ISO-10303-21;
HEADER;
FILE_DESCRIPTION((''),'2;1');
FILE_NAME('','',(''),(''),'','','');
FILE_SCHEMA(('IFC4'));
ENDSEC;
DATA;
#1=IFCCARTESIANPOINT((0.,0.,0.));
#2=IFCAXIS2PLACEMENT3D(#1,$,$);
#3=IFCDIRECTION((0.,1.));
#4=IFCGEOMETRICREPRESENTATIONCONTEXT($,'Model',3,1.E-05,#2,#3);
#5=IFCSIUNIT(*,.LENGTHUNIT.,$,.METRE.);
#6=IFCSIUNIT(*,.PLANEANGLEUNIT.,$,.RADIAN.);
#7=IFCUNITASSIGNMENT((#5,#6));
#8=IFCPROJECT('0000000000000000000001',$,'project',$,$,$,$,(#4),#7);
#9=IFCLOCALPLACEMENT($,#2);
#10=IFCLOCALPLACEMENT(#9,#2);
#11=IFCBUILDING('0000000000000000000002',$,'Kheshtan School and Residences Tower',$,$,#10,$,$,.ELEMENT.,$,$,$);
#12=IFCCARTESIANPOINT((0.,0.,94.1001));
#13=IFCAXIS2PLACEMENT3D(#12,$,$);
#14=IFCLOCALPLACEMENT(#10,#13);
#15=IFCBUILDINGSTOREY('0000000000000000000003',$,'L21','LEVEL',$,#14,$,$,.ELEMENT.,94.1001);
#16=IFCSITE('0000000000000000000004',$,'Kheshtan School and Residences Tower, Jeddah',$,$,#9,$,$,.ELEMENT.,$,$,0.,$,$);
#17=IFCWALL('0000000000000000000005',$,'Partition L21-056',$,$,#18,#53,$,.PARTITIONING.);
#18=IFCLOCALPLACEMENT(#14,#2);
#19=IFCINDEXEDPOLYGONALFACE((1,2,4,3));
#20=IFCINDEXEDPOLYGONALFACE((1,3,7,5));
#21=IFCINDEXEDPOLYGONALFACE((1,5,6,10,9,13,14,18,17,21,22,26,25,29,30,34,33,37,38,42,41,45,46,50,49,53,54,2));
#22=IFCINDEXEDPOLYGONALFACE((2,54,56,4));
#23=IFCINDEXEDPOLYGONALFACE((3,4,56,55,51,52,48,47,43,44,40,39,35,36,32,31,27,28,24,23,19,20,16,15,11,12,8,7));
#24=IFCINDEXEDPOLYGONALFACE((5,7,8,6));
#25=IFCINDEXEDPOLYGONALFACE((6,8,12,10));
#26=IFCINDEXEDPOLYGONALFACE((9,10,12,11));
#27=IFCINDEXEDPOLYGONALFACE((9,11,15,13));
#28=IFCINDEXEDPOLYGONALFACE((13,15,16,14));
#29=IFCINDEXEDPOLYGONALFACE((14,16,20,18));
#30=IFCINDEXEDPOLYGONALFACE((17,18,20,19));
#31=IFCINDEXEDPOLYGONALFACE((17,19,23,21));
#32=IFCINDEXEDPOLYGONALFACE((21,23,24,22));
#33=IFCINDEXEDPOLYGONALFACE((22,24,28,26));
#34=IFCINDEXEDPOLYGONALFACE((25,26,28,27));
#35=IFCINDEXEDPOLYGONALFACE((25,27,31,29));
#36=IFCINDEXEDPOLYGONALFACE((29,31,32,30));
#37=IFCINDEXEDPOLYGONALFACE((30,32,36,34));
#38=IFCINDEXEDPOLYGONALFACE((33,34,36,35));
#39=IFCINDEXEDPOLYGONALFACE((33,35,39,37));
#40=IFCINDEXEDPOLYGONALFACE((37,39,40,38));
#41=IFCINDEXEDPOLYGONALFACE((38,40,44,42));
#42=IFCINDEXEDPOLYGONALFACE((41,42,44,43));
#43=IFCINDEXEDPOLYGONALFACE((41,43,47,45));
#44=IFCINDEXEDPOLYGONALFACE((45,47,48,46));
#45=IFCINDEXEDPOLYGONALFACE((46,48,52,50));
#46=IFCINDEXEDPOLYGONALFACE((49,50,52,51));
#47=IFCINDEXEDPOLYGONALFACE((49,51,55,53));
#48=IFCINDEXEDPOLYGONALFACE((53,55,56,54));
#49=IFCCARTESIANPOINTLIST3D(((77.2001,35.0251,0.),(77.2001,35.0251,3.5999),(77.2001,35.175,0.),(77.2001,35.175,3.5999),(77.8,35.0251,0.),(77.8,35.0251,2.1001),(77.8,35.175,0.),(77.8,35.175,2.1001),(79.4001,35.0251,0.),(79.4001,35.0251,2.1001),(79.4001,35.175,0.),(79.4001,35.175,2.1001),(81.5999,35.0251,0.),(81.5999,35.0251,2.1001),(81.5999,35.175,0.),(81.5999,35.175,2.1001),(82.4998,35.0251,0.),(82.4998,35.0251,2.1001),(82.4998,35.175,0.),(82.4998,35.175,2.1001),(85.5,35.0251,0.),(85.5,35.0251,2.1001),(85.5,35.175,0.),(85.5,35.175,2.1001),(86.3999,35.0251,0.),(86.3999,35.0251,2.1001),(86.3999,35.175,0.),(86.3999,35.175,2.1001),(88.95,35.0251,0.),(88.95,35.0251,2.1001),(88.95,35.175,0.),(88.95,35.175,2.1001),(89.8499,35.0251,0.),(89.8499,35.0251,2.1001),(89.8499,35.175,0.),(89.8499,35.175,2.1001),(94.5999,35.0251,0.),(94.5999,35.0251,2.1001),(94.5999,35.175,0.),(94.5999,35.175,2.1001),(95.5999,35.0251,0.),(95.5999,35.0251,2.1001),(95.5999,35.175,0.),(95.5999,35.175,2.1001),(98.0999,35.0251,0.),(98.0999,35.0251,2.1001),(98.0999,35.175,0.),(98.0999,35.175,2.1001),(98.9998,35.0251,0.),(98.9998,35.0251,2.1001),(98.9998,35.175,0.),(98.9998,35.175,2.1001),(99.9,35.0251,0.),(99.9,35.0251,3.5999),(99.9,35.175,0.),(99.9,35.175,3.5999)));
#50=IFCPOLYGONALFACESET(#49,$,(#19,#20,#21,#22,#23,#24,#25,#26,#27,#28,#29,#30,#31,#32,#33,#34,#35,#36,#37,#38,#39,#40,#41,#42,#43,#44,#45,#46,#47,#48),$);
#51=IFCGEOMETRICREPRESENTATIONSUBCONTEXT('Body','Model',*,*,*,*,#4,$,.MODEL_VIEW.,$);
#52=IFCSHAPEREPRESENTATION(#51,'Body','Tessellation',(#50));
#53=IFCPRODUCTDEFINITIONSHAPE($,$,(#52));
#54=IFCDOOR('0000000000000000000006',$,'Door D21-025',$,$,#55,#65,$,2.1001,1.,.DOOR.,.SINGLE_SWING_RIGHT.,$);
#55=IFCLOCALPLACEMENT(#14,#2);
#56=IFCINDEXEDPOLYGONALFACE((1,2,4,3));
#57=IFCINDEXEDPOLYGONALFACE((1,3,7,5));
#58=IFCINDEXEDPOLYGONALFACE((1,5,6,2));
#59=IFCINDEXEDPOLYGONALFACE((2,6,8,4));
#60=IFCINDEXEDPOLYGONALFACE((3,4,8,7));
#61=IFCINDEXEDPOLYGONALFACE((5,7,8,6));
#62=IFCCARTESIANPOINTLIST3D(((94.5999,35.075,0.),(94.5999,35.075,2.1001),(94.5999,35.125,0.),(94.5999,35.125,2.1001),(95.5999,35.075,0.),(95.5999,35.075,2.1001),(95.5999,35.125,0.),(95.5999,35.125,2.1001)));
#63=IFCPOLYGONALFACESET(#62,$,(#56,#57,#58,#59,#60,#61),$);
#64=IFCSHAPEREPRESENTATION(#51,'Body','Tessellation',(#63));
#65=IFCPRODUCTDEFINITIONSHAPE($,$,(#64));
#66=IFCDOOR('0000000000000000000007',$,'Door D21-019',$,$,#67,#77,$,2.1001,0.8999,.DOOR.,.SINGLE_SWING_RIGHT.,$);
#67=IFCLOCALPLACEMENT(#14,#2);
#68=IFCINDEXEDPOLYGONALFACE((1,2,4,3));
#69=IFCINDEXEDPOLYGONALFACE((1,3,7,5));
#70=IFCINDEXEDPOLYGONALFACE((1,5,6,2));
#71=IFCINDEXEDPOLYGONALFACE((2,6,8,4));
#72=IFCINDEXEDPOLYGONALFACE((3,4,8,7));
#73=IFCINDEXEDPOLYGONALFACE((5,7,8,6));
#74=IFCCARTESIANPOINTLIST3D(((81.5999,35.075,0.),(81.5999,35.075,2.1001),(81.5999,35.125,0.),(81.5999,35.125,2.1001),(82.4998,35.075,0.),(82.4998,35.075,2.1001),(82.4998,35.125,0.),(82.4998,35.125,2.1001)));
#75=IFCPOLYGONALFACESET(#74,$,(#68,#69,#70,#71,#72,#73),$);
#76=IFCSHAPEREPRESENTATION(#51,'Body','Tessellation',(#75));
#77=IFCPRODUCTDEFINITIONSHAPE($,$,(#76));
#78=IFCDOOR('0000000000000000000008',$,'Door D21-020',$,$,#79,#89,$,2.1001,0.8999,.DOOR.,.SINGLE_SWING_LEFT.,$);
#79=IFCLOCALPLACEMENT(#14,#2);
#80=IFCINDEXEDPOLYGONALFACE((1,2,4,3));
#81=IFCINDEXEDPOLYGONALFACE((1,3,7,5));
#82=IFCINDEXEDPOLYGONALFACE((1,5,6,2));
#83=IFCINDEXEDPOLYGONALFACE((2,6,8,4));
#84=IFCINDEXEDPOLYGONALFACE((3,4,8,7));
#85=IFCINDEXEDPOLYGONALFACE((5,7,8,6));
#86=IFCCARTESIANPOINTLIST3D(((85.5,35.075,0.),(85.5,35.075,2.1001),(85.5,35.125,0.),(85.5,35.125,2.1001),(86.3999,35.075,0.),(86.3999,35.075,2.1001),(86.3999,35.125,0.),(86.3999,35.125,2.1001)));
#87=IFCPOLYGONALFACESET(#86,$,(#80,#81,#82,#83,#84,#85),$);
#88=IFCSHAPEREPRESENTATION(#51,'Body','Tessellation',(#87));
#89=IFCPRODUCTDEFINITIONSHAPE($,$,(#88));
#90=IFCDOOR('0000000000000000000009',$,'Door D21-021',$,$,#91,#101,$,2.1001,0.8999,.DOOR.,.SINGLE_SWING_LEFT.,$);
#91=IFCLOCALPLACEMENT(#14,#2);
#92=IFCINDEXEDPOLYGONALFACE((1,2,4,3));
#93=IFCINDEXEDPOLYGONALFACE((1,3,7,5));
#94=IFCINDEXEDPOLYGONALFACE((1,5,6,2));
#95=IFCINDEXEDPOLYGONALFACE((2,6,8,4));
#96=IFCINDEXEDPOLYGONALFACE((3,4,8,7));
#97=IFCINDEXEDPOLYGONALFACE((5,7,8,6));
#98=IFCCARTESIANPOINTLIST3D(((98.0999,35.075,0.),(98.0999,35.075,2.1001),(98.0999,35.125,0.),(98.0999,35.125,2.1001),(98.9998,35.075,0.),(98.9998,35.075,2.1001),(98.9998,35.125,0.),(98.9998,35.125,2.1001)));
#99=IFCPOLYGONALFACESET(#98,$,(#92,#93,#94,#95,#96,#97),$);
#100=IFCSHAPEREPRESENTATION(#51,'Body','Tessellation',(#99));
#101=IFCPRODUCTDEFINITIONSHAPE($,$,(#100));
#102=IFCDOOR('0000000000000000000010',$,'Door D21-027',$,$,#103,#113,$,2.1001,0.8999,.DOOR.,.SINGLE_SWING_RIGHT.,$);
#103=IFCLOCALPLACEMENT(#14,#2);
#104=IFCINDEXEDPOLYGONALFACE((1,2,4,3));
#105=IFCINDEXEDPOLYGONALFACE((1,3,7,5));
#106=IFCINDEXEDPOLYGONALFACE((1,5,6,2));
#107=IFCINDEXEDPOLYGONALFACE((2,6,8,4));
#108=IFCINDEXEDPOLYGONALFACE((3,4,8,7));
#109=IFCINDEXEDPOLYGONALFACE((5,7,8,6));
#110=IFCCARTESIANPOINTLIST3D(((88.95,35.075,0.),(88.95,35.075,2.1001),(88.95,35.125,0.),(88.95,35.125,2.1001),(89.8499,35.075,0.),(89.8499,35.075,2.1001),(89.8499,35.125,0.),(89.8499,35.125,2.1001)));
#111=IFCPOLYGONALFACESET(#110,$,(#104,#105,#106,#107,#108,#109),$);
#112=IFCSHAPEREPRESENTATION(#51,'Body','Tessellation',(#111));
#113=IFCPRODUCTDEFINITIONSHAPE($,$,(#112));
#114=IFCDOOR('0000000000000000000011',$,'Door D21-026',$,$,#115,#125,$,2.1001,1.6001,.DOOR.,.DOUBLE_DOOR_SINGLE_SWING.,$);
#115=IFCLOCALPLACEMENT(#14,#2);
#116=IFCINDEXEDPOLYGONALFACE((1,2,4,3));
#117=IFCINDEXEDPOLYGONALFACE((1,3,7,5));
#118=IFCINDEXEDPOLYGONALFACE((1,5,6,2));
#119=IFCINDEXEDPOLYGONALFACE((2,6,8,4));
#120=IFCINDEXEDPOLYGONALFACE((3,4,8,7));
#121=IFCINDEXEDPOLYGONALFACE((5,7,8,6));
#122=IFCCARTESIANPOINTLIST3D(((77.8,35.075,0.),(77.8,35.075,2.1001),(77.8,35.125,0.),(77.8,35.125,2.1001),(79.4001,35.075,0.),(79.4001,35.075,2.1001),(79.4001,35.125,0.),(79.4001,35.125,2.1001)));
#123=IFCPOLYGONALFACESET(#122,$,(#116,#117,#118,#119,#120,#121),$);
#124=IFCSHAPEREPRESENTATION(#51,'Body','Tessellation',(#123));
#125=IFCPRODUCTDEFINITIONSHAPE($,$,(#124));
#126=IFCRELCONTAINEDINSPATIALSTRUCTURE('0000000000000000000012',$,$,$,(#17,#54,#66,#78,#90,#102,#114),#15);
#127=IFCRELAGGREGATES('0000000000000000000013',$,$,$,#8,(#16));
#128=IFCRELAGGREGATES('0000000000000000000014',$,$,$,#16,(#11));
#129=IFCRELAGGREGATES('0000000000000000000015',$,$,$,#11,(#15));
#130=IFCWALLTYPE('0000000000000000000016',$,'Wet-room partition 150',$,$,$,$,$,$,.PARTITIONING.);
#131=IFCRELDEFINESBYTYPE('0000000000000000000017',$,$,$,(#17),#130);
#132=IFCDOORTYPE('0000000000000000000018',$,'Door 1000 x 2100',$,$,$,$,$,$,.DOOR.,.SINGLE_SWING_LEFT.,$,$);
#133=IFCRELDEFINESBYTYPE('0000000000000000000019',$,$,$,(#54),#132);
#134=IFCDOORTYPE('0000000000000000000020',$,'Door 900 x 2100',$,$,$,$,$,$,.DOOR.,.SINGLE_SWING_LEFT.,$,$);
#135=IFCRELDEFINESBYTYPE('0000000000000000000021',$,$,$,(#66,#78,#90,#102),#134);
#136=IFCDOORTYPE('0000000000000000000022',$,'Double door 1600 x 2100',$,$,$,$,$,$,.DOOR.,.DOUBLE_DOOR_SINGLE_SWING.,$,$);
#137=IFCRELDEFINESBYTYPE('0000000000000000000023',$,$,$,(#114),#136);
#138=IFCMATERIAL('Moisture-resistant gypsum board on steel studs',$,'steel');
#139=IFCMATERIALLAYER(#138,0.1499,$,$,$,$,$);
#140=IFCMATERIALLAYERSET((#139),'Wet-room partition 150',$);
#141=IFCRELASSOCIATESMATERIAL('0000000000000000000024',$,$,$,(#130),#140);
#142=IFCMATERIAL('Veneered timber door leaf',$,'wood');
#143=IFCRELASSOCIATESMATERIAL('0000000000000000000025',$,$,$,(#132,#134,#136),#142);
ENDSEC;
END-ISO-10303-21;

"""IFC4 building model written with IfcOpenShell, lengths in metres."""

from ifc_helpers import new_model, si_unit, direction, frame, frame_2d, origin, place, context, subcontext, project, spatial, rectangle, extrude, source, transform, mapped, material, layer, layer_set, type_object, element, fill, save


model = new_model("IFC4")

# Units and contexts
model_context = context("Model", 3, precision=1e-05, world=origin(), true_north=direction((0.0, 1.0)))
body_context = subcontext(model_context, "Body", "Model", "MODEL_VIEW")
ifc_project = project(units=[si_unit("LENGTHUNIT", "METRE"), si_unit("PLANEANGLEUNIT", "RADIAN")], contexts=[model_context])

# Site, building, storey
site_placement = place(None, origin())
site = spatial("IfcSite", under=ifc_project, at=site_placement, Name="Kheshtan School and Residences Tower, Jeddah", CompositionType="ELEMENT", RefElevation=0.0)
building_placement = place(site_placement, origin())
building = spatial("IfcBuilding", under=site, at=building_placement, Name="Kheshtan School and Residences Tower", CompositionType="ELEMENT")
storey_placement = place(building_placement, frame((0.0, 0.0, 94.1001)))
storey = spatial("IfcBuildingStorey", under=building, at=storey_placement, Name="L21", Description="LEVEL", CompositionType="ELEMENT", Elevation=94.1001)

# Wall, openings, doors
ifc_material_1 = material(Name="Moisture-resistant gypsum board on steel studs", Category="steel")
ifc_layer_1 = layer(ifc_material_1, 0.1499)
ifc_layer_set_1 = layer_set([ifc_layer_1], Name="Wet-room partition 150")
wall_type_1 = type_object("IfcWallType", Name="Wet-room partition 150", PredefinedType="PARTITIONING", material=ifc_layer_set_1)
ifc_material_2 = material(Name="Veneered timber door leaf", Category="wood")
wall_1_placement = place(storey_placement, frame((77.2, 35.1001, 0.0), z_axis=(0.0, 0.0, 1.0), x_axis=(1.0, 0.0, 0.0)))
wall_1 = element("IfcWall", 1, at=wall_1_placement, inside=storey, type_object=wall_type_1, Name="Partition L21-056", PredefinedType="PARTITIONING", context=body_context, shape_type="SweptSolid", body=[
    extrude(rectangle(XDim=22.7, YDim=0.1499, at=frame_2d((11.3501, 0.0))), origin(), (0.0, 0.0, 1.0), 3.5999),
])
opening_1_placement = place(wall_1_placement, frame((4.3999, 0.0, 0.0)))
opening_1 = element("IfcOpeningElement", 2, at=opening_1_placement, cuts=wall_1, PredefinedType="OPENING", context=body_context, shape_type="SweptSolid", body=[
    extrude(rectangle(XDim=0.8999, YDim=2.1001, at=frame_2d((0.45, 1.05))), frame((0.0, 0.085, 0.0), z_axis=(0.0, -1.0, 0.0), x_axis=(1.0, 0.0, 0.0)), (0.0, 0.0, 1.0), 0.1699),
])
opening_2_placement = place(wall_1_placement, frame((8.3, 0.0, 0.0)))
opening_2 = element("IfcOpeningElement", 3, at=opening_2_placement, cuts=wall_1, PredefinedType="OPENING", context=body_context, shape_type="SweptSolid", body=[
    extrude(rectangle(XDim=0.8999, YDim=2.1001, at=frame_2d((0.45, 1.05))), frame((0.0, 0.085, 0.0), z_axis=(0.0, -1.0, 0.0), x_axis=(1.0, 0.0, 0.0)), (0.0, 0.0, 1.0), 0.1699),
])
opening_3_placement = place(wall_1_placement, frame((20.8999, 0.0, 0.0)))
opening_3 = element("IfcOpeningElement", 4, at=opening_3_placement, cuts=wall_1, PredefinedType="OPENING", context=body_context, shape_type="SweptSolid", body=[
    extrude(rectangle(XDim=0.8999, YDim=2.1001, at=frame_2d((0.45, 1.05))), frame((0.0, 0.085, 0.0), z_axis=(0.0, -1.0, 0.0), x_axis=(1.0, 0.0, 0.0)), (0.0, 0.0, 1.0), 0.1699),
])
opening_4_placement = place(wall_1_placement, frame((17.3999, 0.0, 0.0)))
opening_4 = element("IfcOpeningElement", 5, at=opening_4_placement, cuts=wall_1, PredefinedType="OPENING", context=body_context, shape_type="SweptSolid", body=[
    extrude(rectangle(XDim=1.0, YDim=2.1001, at=frame_2d((0.5, 1.05))), frame((0.0, 0.085, 0.0), z_axis=(0.0, -1.0, 0.0), x_axis=(1.0, 0.0, 0.0)), (0.0, 0.0, 1.0), 0.1699),
])
opening_5_placement = place(wall_1_placement, frame((0.6001, 0.0, 0.0)))
opening_5 = element("IfcOpeningElement", 6, at=opening_5_placement, cuts=wall_1, PredefinedType="OPENING", context=body_context, shape_type="SweptSolid", body=[
    extrude(rectangle(XDim=1.6001, YDim=2.1001, at=frame_2d((0.8, 1.05))), frame((0.0, 0.085, 0.0), z_axis=(0.0, -1.0, 0.0), x_axis=(1.0, 0.0, 0.0)), (0.0, 0.0, 1.0), 0.1699),
])
opening_6_placement = place(wall_1_placement, frame((11.75, 0.0, 0.0)))
opening_6 = element("IfcOpeningElement", 7, at=opening_6_placement, cuts=wall_1, PredefinedType="OPENING", context=body_context, shape_type="SweptSolid", body=[
    extrude(rectangle(XDim=0.8999, YDim=2.1001, at=frame_2d((0.45, 1.05))), frame((0.0, 0.085, 0.0), z_axis=(0.0, -1.0, 0.0), x_axis=(1.0, 0.0, 0.0)), (0.0, 0.0, 1.0), 0.1699),
])
door_type_1 = type_object("IfcDoorType", Name="Door 1000 x 2100", OperationType="SINGLE_SWING_LEFT", PredefinedType="DOOR", material=ifc_material_2)
shared_shape_1 = source(origin(), body_context, "Body", "SweptSolid", [
    extrude(rectangle(XDim=1.0, YDim=2.1001, at=frame_2d((0.5, 1.05))), frame((0.0, 0.0249, 0.0), z_axis=(0.0, -1.0, 0.0), x_axis=(1.0, 0.0, 0.0)), (0.0, 0.0, 1.0), 0.05),
])
door_1_placement = place(opening_4_placement, origin())
door_1 = element("IfcDoor", 8, at=door_1_placement, inside=storey, type_object=door_type_1, Name="Door D21-025", OperationType="SINGLE_SWING_RIGHT", OverallHeight=2.1001, OverallWidth=1.0, PredefinedType="DOOR", context=body_context, shape_type="MappedRepresentation", body=[
    mapped(shared_shape_1, transform((0.0, 0.0, 0.0), x_axis=(1.0, 0.0, 0.0), y_axis=(0.0, 1.0, 0.0), z_axis=(0.0, 0.0, 1.0), scale=1.0)),
])
fill(opening_4, door_1)
door_type_2 = type_object("IfcDoorType", Name="Door 900 x 2100", OperationType="SINGLE_SWING_LEFT", PredefinedType="DOOR", material=ifc_material_2)
shared_shape_2 = source(origin(), body_context, "Body", "SweptSolid", [
    extrude(rectangle(XDim=0.8999, YDim=2.1001, at=frame_2d((0.45, 1.05))), frame((0.0, 0.0249, 0.0), z_axis=(0.0, -1.0, 0.0), x_axis=(1.0, 0.0, 0.0)), (0.0, 0.0, 1.0), 0.05),
])
door_2_placement = place(opening_1_placement, origin())
door_2 = element("IfcDoor", 9, at=door_2_placement, inside=storey, type_object=door_type_2, Name="Door D21-019", OperationType="SINGLE_SWING_RIGHT", OverallHeight=2.1001, OverallWidth=0.8999, PredefinedType="DOOR", context=body_context, shape_type="MappedRepresentation", body=[
    mapped(shared_shape_2, transform((0.0, 0.0, 0.0), x_axis=(1.0, 0.0, 0.0), y_axis=(0.0, 1.0, 0.0), z_axis=(0.0, 0.0, 1.0), scale=1.0)),
])
fill(opening_1, door_2)
door_3_placement = place(opening_2_placement, origin())
door_3 = element("IfcDoor", 10, at=door_3_placement, inside=storey, type_object=door_type_2, Name="Door D21-020", OperationType="SINGLE_SWING_LEFT", OverallHeight=2.1001, OverallWidth=0.8999, PredefinedType="DOOR", context=body_context, shape_type="MappedRepresentation", body=[
    mapped(shared_shape_2, transform((0.0, 0.0, 0.0), x_axis=(1.0, 0.0, 0.0), y_axis=(0.0, 1.0, 0.0), z_axis=(0.0, 0.0, 1.0), scale=1.0)),
])
fill(opening_2, door_3)
door_4_placement = place(opening_3_placement, origin())
door_4 = element("IfcDoor", 11, at=door_4_placement, inside=storey, type_object=door_type_2, Name="Door D21-021", OperationType="SINGLE_SWING_LEFT", OverallHeight=2.1001, OverallWidth=0.8999, PredefinedType="DOOR", context=body_context, shape_type="MappedRepresentation", body=[
    mapped(shared_shape_2, transform((0.0, 0.0, 0.0), x_axis=(1.0, 0.0, 0.0), y_axis=(0.0, 1.0, 0.0), z_axis=(0.0, 0.0, 1.0), scale=1.0)),
])
fill(opening_3, door_4)
door_5_placement = place(opening_6_placement, origin())
door_5 = element("IfcDoor", 12, at=door_5_placement, inside=storey, type_object=door_type_2, Name="Door D21-027", OperationType="SINGLE_SWING_RIGHT", OverallHeight=2.1001, OverallWidth=0.8999, PredefinedType="DOOR", context=body_context, shape_type="MappedRepresentation", body=[
    mapped(shared_shape_2, transform((0.0, 0.0, 0.0), x_axis=(1.0, 0.0, 0.0), y_axis=(0.0, 1.0, 0.0), z_axis=(0.0, 0.0, 1.0), scale=1.0)),
])
fill(opening_6, door_5)
door_type_3 = type_object("IfcDoorType", Name="Double door 1600 x 2100", OperationType="DOUBLE_DOOR_SINGLE_SWING", PredefinedType="DOOR", material=ifc_material_2)
shared_shape_3 = source(origin(), body_context, "Body", "SweptSolid", [
    extrude(rectangle(XDim=1.6001, YDim=2.1001, at=frame_2d((0.8, 1.05))), frame((0.0, 0.0249, 0.0), z_axis=(0.0, -1.0, 0.0), x_axis=(1.0, 0.0, 0.0)), (0.0, 0.0, 1.0), 0.05),
])
door_6_placement = place(opening_5_placement, origin())
door_6 = element("IfcDoor", 13, at=door_6_placement, inside=storey, type_object=door_type_3, Name="Door D21-026", OperationType="DOUBLE_DOOR_SINGLE_SWING", OverallHeight=2.1001, OverallWidth=1.6001, PredefinedType="DOOR", context=body_context, shape_type="MappedRepresentation", body=[
    mapped(shared_shape_3, transform((0.0, 0.0, 0.0), x_axis=(1.0, 0.0, 0.0), y_axis=(0.0, 1.0, 0.0), z_axis=(0.0, 0.0, 1.0), scale=1.0)),
])
fill(opening_5, door_6)

save(model, "model.ifc")
